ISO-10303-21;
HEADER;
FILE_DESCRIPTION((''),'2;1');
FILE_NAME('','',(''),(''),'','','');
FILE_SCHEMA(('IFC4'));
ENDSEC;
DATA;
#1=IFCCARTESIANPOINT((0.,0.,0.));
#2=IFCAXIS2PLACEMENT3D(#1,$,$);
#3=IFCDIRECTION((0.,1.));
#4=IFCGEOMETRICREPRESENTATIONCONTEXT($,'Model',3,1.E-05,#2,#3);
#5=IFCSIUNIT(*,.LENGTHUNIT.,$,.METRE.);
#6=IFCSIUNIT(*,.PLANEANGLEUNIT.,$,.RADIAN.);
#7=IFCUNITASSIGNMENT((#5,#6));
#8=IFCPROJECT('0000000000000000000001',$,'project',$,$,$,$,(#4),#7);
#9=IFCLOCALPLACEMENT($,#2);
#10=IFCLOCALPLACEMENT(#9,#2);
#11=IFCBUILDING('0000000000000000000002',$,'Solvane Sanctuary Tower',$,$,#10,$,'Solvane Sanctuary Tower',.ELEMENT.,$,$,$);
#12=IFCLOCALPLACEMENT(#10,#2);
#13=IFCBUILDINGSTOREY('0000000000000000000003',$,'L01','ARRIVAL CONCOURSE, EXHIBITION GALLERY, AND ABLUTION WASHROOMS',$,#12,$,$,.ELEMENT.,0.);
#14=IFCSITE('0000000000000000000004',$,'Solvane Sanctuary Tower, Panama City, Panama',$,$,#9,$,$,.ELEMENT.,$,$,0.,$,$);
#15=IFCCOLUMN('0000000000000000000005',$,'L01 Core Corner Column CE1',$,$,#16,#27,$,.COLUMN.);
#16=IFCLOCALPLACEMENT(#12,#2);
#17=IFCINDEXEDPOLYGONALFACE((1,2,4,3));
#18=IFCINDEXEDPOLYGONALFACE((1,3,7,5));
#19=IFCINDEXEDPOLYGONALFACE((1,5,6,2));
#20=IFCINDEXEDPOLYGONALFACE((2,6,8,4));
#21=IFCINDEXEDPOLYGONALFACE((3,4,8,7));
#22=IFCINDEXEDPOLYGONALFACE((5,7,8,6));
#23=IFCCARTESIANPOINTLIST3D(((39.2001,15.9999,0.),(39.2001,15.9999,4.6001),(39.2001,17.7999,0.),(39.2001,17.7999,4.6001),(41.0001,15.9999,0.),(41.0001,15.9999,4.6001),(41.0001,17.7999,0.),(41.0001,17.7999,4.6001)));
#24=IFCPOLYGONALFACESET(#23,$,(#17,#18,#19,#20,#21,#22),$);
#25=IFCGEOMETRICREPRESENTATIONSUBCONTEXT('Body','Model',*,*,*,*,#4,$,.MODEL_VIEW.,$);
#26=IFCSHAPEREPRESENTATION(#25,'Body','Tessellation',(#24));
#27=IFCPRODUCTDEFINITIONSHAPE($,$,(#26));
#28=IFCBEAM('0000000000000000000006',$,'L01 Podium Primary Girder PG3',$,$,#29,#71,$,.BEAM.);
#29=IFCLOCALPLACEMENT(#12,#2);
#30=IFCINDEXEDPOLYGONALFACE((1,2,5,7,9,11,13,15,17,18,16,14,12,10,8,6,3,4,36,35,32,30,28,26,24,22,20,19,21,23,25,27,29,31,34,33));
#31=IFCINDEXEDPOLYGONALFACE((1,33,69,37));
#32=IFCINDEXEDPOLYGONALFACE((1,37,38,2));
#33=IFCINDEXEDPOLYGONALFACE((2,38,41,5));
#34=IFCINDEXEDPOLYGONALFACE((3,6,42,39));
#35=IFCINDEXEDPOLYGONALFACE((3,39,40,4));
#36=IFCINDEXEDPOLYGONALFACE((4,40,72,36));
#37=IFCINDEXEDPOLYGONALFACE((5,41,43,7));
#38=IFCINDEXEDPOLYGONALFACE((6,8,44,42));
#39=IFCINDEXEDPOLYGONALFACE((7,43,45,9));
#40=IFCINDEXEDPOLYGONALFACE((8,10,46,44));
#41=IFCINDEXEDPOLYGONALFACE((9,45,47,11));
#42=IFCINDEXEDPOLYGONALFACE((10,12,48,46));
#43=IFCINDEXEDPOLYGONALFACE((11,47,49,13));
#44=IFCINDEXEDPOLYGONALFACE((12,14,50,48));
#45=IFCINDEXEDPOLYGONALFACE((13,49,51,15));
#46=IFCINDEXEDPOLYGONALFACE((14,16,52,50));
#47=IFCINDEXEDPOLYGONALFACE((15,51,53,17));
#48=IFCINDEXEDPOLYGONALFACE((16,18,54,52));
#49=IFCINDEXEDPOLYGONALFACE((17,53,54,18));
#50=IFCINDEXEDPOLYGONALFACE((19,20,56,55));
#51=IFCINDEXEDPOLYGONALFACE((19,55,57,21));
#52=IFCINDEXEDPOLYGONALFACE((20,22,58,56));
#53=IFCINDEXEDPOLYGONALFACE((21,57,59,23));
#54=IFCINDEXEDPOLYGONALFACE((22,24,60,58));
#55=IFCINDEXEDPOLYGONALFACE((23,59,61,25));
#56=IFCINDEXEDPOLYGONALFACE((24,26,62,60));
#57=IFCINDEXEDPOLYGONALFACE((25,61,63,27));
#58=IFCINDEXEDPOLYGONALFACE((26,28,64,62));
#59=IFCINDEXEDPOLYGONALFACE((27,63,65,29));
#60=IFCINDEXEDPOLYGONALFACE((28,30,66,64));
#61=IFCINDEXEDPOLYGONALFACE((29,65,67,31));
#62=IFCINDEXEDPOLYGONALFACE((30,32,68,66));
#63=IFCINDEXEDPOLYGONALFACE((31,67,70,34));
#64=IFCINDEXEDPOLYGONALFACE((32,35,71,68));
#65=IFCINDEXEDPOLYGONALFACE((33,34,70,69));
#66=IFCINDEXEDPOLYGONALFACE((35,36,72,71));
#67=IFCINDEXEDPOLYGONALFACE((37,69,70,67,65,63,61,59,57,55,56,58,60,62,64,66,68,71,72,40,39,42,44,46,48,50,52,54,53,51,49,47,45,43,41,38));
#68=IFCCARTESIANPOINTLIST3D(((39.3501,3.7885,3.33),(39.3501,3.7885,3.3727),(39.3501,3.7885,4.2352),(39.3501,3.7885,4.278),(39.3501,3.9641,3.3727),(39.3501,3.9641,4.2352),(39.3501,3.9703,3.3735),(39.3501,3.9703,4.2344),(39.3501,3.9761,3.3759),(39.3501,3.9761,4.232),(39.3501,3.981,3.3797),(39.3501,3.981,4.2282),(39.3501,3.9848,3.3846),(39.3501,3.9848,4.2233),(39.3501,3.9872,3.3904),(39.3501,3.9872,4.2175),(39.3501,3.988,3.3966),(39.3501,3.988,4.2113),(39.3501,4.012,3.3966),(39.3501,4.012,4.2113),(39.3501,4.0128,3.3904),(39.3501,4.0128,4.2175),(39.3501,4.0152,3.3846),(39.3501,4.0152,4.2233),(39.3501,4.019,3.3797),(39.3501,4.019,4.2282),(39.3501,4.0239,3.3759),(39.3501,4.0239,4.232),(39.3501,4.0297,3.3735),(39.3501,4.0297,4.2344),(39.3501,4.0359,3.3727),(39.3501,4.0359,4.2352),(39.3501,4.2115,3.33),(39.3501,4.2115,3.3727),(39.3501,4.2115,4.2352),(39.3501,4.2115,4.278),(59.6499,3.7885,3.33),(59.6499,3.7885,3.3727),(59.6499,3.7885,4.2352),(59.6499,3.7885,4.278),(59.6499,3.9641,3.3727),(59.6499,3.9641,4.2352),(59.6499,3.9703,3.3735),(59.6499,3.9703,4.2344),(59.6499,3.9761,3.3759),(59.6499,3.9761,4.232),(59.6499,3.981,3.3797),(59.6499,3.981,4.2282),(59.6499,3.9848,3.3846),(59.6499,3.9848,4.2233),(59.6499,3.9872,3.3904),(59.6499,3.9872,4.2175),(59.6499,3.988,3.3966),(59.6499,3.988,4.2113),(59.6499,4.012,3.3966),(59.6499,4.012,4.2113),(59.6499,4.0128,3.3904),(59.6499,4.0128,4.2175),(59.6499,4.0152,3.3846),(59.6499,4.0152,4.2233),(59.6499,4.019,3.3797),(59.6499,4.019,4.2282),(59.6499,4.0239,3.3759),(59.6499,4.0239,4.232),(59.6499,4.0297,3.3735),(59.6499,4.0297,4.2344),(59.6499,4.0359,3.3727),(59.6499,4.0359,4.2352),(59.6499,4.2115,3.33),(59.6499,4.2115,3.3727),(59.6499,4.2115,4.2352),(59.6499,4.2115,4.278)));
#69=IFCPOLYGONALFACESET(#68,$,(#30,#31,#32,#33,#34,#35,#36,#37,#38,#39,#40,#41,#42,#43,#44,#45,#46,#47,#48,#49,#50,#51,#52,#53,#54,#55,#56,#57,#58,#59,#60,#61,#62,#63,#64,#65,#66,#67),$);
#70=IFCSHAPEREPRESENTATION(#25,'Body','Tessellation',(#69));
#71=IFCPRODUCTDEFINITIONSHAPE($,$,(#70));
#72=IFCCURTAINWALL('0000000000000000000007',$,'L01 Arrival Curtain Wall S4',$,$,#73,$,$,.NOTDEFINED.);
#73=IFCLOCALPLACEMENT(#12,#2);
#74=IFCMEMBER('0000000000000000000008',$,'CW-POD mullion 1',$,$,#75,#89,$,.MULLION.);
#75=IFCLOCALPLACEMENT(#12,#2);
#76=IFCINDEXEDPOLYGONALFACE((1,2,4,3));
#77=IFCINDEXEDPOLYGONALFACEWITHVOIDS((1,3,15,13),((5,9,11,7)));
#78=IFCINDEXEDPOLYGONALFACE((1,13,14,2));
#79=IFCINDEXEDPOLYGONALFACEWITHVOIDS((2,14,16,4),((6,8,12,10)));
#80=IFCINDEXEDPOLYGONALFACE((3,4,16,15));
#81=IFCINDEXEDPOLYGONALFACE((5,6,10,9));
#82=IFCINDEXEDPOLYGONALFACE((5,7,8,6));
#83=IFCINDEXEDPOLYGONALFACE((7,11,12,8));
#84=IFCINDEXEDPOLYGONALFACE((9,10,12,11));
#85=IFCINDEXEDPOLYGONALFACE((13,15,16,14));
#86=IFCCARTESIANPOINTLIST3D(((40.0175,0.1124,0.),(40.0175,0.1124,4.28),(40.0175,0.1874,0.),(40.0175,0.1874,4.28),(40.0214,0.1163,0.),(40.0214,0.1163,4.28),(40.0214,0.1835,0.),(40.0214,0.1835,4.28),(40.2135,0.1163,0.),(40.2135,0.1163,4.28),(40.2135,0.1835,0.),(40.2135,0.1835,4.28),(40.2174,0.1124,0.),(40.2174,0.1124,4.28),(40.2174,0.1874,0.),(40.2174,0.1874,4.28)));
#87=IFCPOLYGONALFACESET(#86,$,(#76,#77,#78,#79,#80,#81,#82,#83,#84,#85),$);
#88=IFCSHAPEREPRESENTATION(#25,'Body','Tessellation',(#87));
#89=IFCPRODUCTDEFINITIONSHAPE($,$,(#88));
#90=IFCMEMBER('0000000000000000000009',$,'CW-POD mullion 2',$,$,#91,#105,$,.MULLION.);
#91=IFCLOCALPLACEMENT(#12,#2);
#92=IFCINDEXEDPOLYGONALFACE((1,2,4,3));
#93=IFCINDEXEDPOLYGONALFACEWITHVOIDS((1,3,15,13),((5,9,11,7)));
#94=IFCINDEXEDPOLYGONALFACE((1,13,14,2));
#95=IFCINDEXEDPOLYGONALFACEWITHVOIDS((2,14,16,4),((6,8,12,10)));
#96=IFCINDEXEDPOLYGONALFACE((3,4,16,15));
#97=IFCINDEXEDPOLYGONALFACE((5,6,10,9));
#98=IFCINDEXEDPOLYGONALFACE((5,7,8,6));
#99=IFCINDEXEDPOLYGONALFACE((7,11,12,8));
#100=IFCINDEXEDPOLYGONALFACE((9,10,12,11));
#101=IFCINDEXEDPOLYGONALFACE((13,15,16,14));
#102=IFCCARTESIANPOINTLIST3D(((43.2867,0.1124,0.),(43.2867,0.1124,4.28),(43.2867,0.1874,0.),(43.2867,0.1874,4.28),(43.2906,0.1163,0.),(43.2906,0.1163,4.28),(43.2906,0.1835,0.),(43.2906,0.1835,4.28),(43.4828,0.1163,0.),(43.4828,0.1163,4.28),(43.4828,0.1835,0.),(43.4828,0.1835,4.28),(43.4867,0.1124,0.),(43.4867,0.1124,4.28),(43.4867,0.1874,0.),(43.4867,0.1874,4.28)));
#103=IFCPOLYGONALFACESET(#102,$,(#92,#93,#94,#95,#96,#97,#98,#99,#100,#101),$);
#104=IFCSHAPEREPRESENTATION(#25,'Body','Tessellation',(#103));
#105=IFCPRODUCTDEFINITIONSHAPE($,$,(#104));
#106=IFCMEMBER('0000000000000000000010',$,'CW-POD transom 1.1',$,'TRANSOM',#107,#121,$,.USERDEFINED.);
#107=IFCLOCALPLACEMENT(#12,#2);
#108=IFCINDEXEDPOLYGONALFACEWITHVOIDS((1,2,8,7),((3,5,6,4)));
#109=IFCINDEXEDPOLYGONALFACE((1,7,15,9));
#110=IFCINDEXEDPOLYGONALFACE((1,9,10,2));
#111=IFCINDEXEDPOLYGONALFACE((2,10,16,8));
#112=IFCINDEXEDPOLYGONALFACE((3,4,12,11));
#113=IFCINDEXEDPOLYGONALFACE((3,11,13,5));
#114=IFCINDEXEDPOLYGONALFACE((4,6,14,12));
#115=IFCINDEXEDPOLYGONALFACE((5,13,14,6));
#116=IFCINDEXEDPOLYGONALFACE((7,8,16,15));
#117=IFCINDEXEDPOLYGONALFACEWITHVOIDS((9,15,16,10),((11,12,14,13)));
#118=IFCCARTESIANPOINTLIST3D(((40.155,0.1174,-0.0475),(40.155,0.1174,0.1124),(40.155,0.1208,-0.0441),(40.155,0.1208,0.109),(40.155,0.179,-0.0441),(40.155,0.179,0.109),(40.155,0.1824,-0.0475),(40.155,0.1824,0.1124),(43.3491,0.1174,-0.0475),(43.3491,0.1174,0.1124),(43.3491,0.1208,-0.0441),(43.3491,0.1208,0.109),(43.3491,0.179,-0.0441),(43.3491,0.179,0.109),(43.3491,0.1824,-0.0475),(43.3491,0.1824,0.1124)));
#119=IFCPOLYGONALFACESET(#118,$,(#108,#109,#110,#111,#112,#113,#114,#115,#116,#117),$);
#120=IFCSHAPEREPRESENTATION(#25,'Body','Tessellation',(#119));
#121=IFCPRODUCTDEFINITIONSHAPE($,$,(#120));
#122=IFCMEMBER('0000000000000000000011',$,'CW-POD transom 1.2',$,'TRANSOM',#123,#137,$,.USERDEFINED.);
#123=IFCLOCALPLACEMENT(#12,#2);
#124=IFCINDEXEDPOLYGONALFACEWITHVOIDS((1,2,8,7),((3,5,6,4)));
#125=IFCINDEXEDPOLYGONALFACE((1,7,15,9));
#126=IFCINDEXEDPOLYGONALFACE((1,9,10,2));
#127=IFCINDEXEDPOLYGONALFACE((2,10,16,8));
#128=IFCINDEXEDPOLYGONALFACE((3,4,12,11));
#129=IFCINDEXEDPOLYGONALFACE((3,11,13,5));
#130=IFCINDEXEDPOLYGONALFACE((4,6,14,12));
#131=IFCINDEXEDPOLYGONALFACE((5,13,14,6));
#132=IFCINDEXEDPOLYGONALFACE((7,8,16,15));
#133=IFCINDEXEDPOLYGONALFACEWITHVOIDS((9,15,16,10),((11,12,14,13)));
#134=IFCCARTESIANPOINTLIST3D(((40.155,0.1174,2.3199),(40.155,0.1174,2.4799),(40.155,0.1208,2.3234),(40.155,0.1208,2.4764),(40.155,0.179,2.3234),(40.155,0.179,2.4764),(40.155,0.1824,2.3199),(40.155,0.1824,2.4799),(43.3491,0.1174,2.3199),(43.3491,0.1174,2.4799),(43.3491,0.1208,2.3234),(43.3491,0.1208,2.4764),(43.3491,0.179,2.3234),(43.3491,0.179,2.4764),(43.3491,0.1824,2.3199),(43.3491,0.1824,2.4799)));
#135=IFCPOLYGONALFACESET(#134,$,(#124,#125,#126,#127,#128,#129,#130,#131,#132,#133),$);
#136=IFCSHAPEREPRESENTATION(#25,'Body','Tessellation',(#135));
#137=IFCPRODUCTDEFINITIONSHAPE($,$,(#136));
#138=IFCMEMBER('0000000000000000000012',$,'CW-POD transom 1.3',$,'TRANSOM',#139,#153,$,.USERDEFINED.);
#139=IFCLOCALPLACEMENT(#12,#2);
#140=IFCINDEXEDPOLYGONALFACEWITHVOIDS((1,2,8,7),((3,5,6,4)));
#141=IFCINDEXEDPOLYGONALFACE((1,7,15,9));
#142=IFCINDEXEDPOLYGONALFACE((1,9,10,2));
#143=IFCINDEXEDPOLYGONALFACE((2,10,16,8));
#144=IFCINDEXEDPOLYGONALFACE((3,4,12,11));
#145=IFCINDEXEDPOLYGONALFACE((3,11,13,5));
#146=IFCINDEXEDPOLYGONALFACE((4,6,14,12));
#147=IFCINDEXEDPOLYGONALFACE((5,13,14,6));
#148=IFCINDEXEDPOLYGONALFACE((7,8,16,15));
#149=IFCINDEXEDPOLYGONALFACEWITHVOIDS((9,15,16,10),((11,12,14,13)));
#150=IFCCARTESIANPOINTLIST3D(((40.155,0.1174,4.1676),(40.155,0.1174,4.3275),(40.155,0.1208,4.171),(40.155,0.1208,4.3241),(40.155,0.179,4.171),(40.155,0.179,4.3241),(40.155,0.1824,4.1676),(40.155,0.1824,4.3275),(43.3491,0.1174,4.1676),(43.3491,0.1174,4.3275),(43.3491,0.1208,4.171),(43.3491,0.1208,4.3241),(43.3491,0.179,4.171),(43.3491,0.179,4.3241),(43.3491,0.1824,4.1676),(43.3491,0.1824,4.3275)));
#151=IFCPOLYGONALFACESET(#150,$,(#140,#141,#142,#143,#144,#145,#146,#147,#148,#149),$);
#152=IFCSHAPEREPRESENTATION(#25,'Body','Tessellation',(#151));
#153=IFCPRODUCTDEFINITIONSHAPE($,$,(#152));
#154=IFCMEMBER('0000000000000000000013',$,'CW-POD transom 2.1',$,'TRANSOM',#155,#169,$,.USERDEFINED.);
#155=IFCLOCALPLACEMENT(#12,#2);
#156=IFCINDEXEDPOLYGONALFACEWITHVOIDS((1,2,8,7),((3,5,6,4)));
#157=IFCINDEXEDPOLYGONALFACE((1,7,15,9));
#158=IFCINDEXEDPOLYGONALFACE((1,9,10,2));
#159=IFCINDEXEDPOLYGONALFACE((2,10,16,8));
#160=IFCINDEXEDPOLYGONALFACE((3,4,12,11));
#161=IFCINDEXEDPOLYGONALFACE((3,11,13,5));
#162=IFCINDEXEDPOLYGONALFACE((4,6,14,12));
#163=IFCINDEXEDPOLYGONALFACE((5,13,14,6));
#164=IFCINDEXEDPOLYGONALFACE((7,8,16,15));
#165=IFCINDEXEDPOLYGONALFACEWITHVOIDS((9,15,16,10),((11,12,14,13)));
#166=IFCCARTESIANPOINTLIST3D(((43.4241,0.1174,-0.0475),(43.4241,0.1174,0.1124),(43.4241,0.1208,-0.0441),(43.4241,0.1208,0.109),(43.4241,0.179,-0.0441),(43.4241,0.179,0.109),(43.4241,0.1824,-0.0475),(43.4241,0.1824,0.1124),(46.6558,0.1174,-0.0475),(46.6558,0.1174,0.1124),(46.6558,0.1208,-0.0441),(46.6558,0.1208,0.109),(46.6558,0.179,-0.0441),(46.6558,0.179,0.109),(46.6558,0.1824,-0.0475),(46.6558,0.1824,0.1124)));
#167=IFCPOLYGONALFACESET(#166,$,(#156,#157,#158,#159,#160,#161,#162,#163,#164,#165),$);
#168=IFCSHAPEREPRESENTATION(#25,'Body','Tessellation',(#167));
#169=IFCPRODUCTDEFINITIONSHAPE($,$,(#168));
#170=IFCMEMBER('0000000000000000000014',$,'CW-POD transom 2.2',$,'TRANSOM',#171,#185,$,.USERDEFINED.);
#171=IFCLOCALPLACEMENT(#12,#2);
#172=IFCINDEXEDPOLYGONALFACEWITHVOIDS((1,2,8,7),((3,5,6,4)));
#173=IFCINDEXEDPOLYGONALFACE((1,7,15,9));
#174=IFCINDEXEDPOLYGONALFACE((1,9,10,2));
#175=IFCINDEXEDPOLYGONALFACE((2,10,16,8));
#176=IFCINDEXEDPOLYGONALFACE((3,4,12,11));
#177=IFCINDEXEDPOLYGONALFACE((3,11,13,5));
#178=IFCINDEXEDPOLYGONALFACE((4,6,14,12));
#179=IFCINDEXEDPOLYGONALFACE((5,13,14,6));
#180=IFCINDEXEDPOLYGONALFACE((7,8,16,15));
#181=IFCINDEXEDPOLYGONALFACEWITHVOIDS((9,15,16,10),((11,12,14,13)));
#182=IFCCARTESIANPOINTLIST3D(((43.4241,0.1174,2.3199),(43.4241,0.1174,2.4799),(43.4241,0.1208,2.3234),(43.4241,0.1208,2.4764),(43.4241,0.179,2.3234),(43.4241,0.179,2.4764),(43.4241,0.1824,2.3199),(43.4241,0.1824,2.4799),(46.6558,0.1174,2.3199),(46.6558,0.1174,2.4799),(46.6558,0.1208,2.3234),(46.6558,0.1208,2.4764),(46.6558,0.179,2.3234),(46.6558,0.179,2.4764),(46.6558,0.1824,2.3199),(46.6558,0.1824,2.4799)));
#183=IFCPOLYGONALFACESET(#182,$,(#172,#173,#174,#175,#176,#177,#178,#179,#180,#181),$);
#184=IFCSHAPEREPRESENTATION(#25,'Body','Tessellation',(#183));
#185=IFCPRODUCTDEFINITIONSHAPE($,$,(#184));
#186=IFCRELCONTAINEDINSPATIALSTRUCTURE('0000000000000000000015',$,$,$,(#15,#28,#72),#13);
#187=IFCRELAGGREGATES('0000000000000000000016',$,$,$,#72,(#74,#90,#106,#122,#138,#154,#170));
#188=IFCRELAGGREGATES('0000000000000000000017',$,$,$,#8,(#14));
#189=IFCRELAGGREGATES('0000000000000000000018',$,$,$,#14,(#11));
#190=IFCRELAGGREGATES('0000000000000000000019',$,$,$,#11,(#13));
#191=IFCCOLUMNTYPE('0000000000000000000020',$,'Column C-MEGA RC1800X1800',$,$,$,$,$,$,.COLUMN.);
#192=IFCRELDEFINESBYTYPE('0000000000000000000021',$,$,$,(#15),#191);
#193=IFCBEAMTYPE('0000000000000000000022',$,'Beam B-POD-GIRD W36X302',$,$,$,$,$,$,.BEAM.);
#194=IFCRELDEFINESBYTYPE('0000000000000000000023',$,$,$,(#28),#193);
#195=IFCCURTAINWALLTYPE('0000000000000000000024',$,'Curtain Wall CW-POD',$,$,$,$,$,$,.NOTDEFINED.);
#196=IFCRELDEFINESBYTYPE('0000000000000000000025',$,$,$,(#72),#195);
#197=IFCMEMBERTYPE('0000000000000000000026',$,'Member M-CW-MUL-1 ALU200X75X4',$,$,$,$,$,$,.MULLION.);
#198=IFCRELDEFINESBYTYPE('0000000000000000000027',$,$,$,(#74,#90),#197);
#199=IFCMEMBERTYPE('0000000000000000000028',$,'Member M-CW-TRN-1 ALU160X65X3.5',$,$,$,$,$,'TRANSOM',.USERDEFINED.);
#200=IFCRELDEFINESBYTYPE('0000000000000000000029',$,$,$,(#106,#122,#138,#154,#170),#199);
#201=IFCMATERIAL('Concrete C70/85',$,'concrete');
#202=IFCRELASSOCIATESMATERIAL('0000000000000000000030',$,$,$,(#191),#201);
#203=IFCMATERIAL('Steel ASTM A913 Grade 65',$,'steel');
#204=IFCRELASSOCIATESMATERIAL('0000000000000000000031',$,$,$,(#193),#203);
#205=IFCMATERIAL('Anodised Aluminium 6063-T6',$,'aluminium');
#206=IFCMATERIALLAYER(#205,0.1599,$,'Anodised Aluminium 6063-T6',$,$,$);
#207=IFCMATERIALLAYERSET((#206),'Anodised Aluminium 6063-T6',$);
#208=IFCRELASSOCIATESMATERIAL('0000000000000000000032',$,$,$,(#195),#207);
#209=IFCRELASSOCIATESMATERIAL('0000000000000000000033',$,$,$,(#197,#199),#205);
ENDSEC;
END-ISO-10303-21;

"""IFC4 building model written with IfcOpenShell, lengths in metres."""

from ifc_helpers import new_model, si_unit, direction, frame, origin, origin_2d, place, context, subcontext, project, spatial, rectangle, hollow_rectangle, i_section, extrude, material, layer, layer_set, material_profile, profile_set, type_object, element, aggregate, save


model = new_model("IFC4")

# Units and contexts
model_context = context("Model", 3, precision=1e-05, world=origin(), true_north=direction((0.0, 1.0)))
body_context = subcontext(model_context, "Body", "Model", "MODEL_VIEW")
ifc_project = project(units=[si_unit("LENGTHUNIT", "METRE"), si_unit("PLANEANGLEUNIT", "RADIAN")], contexts=[model_context])

# Site, building, storey
site_placement = place(None, origin())
site = spatial("IfcSite", under=ifc_project, at=site_placement, Name="Solvane Sanctuary Tower, Panama City, Panama", CompositionType="ELEMENT", RefElevation=0.0)
building_placement = place(site_placement, origin())
building = spatial("IfcBuilding", under=site, at=building_placement, Name="Solvane Sanctuary Tower", LongName="Solvane Sanctuary Tower", CompositionType="ELEMENT")
storey_placement = place(building_placement, origin())
storey = spatial("IfcBuildingStorey", under=building, at=storey_placement, Name="L01", Description="ARRIVAL CONCOURSE, EXHIBITION GALLERY, AND ABLUTION WASHROOMS", CompositionType="ELEMENT", Elevation=0.0)

# Column
ifc_material_1 = material(Name="Concrete C70/85", Category="concrete")
ifc_material_profile_1 = material_profile(ifc_material_1, rectangle(XDim=1.8, YDim=1.8, at=origin_2d()), Name="RC1800X1800")
ifc_profile_set_1 = profile_set([ifc_material_profile_1], Name="Concrete C70/85")
column_type = type_object("IfcColumnType", Name="Column C-MEGA RC1800X1800", PredefinedType="COLUMN", material=ifc_profile_set_1)
column_placement = place(storey_placement, frame((40.1001, 16.8999, 0.0), z_axis=(0.0, 0.0, 1.0), x_axis=(1.0, 0.0, 0.0)))
element("IfcColumn", 1, at=column_placement, inside=storey, type_object=column_type, Name="L01 Core Corner Column CE1", PredefinedType="COLUMN", context=body_context, shape_type="SweptSolid", body=[
    extrude(rectangle(XDim=1.8, YDim=1.8, at=origin_2d()), origin(), (0.0, 0.0, 1.0), 4.6001),
])

# Beam
ifc_material_2 = material(Name="Steel ASTM A913 Grade 65", Category="steel")
ifc_material_profile_2 = material_profile(ifc_material_2, i_section(OverallWidth=0.4231, OverallDepth=0.948, WebThickness=0.0239, FlangeThickness=0.0427, FilletRadius=0.0239, at=origin_2d()), Name="W36X302")
ifc_profile_set_2 = profile_set([ifc_material_profile_2], Name="Steel ASTM A913 Grade 65")
beam_type = type_object("IfcBeamType", Name="Beam B-POD-GIRD W36X302", PredefinedType="BEAM", material=ifc_profile_set_2)
beam_placement = place(storey_placement, frame((39.3501, 4.0, 3.804), z_axis=(1.0, 0.0, 0.0), x_axis=(0.0, 1.0, 0.0)))
element("IfcBeam", 2, at=beam_placement, inside=storey, type_object=beam_type, Name="L01 Podium Primary Girder PG3", PredefinedType="BEAM", context=body_context, shape_type="SweptSolid", body=[
    extrude(i_section(OverallWidth=0.4231, OverallDepth=0.948, WebThickness=0.0239, FlangeThickness=0.0427, FilletRadius=0.0239, at=origin_2d()), origin(), (0.0, 0.0, 1.0), 20.2998),
])

# Curtain wall, members
ifc_material_3 = material(Name="Anodised Aluminium 6063-T6", Category="aluminium")
ifc_layer_1 = layer(ifc_material_3, 0.1599, Name="Anodised Aluminium 6063-T6")
ifc_layer_set_1 = layer_set([ifc_layer_1], Name="Anodised Aluminium 6063-T6")
curtain_wall_type = type_object("IfcCurtainWallType", Name="Curtain Wall CW-POD", PredefinedType="NOTDEFINED", material=ifc_layer_set_1)
curtain_wall_placement = place(storey_placement, origin())
curtain_wall = element("IfcCurtainWall", 3, at=curtain_wall_placement, inside=storey, type_object=curtain_wall_type, Name="L01 Arrival Curtain Wall S4", PredefinedType="NOTDEFINED")
ifc_material_profile_3 = material_profile(ifc_material_3, hollow_rectangle(XDim=0.075, YDim=0.2, WallThickness=0.0039, at=origin_2d()), Name="ALU200X75X4")
ifc_profile_set_3 = profile_set([ifc_material_profile_3], Name="Anodised Aluminium 6063-T6")
member_type_1 = type_object("IfcMemberType", Name="Member M-CW-MUL-1 ALU200X75X4", PredefinedType="MULLION", material=ifc_profile_set_3)
member_1_placement = place(storey_placement, frame((40.1174, 0.1499, 0.0), z_axis=(0.0, 0.0, 1.0), x_axis=(0.0, 1.0, 0.0)))
member_1 = element("IfcMember", 4, at=member_1_placement, type_object=member_type_1, Name="CW-POD mullion 1", PredefinedType="MULLION", context=body_context, shape_type="SweptSolid", body=[
    extrude(hollow_rectangle(XDim=0.075, YDim=0.2, WallThickness=0.0039, at=origin_2d()), origin(), (0.0, 0.0, 1.0), 4.28),
])
member_2_placement = place(storey_placement, frame((43.3867, 0.1499, 0.0), z_axis=(0.0, 0.0, 1.0), x_axis=(0.0, 1.0, 0.0)))
member_2 = element("IfcMember", 5, at=member_2_placement, type_object=member_type_1, Name="CW-POD mullion 2", PredefinedType="MULLION", context=body_context, shape_type="SweptSolid", body=[
    extrude(hollow_rectangle(XDim=0.075, YDim=0.2, WallThickness=0.0039, at=origin_2d()), origin(), (0.0, 0.0, 1.0), 4.28),
])
ifc_material_profile_4 = material_profile(ifc_material_3, hollow_rectangle(XDim=0.0649, YDim=0.1599, WallThickness=0.0034, at=origin_2d()), Name="ALU160X65X3.5")
ifc_profile_set_4 = profile_set([ifc_material_profile_4], Name="Anodised Aluminium 6063-T6")
member_type_2 = type_object("IfcMemberType", Name="Member M-CW-TRN-1 ALU160X65X3.5", ElementType="TRANSOM", PredefinedType="USERDEFINED", material=ifc_profile_set_4)
member_3_placement = place(storey_placement, frame((40.155, 0.1499, 0.0325), z_axis=(1.0, 0.0, 0.0), x_axis=(0.0, 1.0, 0.0)))
member_3 = element("IfcMember", 6, at=member_3_placement, type_object=member_type_2, Name="CW-POD transom 1.1", ObjectType="TRANSOM", PredefinedType="USERDEFINED", context=body_context, shape_type="SweptSolid", body=[
    extrude(hollow_rectangle(XDim=0.0649, YDim=0.1599, WallThickness=0.0034, at=origin_2d()), origin(), (0.0, 0.0, 1.0), 3.1941),
])
member_4_placement = place(storey_placement, frame((40.155, 0.1499, 2.3999), z_axis=(1.0, 0.0, 0.0), x_axis=(0.0, 1.0, 0.0)))
member_4 = element("IfcMember", 7, at=member_4_placement, type_object=member_type_2, Name="CW-POD transom 1.2", ObjectType="TRANSOM", PredefinedType="USERDEFINED", context=body_context, shape_type="SweptSolid", body=[
    extrude(hollow_rectangle(XDim=0.0649, YDim=0.1599, WallThickness=0.0034, at=origin_2d()), origin(), (0.0, 0.0, 1.0), 3.1941),
])
member_5_placement = place(storey_placement, frame((40.155, 0.1499, 4.2476), z_axis=(1.0, 0.0, 0.0), x_axis=(0.0, 1.0, 0.0)))
member_5 = element("IfcMember", 8, at=member_5_placement, type_object=member_type_2, Name="CW-POD transom 1.3", ObjectType="TRANSOM", PredefinedType="USERDEFINED", context=body_context, shape_type="SweptSolid", body=[
    extrude(hollow_rectangle(XDim=0.0649, YDim=0.1599, WallThickness=0.0034, at=origin_2d()), origin(), (0.0, 0.0, 1.0), 3.1941),
])
member_6_placement = place(storey_placement, frame((43.4241, 0.1499, 0.0325), z_axis=(1.0, 0.0, 0.0), x_axis=(0.0, 1.0, 0.0)))
member_6 = element("IfcMember", 9, at=member_6_placement, type_object=member_type_2, Name="CW-POD transom 2.1", ObjectType="TRANSOM", PredefinedType="USERDEFINED", context=body_context, shape_type="SweptSolid", body=[
    extrude(hollow_rectangle(XDim=0.0649, YDim=0.1599, WallThickness=0.0034, at=origin_2d()), origin(), (0.0, 0.0, 1.0), 3.2317),
])
member_7_placement = place(storey_placement, frame((43.4241, 0.1499, 2.3999), z_axis=(1.0, 0.0, 0.0), x_axis=(0.0, 1.0, 0.0)))
member_7 = element("IfcMember", 10, at=member_7_placement, type_object=member_type_2, Name="CW-POD transom 2.2", ObjectType="TRANSOM", PredefinedType="USERDEFINED", context=body_context, shape_type="SweptSolid", body=[
    extrude(hollow_rectangle(XDim=0.0649, YDim=0.1599, WallThickness=0.0034, at=origin_2d()), origin(), (0.0, 0.0, 1.0), 3.2317),
])
aggregate(curtain_wall, [member_1, member_2, member_3, member_4, member_5, member_6, member_7])

save(model, "model.ifc")
